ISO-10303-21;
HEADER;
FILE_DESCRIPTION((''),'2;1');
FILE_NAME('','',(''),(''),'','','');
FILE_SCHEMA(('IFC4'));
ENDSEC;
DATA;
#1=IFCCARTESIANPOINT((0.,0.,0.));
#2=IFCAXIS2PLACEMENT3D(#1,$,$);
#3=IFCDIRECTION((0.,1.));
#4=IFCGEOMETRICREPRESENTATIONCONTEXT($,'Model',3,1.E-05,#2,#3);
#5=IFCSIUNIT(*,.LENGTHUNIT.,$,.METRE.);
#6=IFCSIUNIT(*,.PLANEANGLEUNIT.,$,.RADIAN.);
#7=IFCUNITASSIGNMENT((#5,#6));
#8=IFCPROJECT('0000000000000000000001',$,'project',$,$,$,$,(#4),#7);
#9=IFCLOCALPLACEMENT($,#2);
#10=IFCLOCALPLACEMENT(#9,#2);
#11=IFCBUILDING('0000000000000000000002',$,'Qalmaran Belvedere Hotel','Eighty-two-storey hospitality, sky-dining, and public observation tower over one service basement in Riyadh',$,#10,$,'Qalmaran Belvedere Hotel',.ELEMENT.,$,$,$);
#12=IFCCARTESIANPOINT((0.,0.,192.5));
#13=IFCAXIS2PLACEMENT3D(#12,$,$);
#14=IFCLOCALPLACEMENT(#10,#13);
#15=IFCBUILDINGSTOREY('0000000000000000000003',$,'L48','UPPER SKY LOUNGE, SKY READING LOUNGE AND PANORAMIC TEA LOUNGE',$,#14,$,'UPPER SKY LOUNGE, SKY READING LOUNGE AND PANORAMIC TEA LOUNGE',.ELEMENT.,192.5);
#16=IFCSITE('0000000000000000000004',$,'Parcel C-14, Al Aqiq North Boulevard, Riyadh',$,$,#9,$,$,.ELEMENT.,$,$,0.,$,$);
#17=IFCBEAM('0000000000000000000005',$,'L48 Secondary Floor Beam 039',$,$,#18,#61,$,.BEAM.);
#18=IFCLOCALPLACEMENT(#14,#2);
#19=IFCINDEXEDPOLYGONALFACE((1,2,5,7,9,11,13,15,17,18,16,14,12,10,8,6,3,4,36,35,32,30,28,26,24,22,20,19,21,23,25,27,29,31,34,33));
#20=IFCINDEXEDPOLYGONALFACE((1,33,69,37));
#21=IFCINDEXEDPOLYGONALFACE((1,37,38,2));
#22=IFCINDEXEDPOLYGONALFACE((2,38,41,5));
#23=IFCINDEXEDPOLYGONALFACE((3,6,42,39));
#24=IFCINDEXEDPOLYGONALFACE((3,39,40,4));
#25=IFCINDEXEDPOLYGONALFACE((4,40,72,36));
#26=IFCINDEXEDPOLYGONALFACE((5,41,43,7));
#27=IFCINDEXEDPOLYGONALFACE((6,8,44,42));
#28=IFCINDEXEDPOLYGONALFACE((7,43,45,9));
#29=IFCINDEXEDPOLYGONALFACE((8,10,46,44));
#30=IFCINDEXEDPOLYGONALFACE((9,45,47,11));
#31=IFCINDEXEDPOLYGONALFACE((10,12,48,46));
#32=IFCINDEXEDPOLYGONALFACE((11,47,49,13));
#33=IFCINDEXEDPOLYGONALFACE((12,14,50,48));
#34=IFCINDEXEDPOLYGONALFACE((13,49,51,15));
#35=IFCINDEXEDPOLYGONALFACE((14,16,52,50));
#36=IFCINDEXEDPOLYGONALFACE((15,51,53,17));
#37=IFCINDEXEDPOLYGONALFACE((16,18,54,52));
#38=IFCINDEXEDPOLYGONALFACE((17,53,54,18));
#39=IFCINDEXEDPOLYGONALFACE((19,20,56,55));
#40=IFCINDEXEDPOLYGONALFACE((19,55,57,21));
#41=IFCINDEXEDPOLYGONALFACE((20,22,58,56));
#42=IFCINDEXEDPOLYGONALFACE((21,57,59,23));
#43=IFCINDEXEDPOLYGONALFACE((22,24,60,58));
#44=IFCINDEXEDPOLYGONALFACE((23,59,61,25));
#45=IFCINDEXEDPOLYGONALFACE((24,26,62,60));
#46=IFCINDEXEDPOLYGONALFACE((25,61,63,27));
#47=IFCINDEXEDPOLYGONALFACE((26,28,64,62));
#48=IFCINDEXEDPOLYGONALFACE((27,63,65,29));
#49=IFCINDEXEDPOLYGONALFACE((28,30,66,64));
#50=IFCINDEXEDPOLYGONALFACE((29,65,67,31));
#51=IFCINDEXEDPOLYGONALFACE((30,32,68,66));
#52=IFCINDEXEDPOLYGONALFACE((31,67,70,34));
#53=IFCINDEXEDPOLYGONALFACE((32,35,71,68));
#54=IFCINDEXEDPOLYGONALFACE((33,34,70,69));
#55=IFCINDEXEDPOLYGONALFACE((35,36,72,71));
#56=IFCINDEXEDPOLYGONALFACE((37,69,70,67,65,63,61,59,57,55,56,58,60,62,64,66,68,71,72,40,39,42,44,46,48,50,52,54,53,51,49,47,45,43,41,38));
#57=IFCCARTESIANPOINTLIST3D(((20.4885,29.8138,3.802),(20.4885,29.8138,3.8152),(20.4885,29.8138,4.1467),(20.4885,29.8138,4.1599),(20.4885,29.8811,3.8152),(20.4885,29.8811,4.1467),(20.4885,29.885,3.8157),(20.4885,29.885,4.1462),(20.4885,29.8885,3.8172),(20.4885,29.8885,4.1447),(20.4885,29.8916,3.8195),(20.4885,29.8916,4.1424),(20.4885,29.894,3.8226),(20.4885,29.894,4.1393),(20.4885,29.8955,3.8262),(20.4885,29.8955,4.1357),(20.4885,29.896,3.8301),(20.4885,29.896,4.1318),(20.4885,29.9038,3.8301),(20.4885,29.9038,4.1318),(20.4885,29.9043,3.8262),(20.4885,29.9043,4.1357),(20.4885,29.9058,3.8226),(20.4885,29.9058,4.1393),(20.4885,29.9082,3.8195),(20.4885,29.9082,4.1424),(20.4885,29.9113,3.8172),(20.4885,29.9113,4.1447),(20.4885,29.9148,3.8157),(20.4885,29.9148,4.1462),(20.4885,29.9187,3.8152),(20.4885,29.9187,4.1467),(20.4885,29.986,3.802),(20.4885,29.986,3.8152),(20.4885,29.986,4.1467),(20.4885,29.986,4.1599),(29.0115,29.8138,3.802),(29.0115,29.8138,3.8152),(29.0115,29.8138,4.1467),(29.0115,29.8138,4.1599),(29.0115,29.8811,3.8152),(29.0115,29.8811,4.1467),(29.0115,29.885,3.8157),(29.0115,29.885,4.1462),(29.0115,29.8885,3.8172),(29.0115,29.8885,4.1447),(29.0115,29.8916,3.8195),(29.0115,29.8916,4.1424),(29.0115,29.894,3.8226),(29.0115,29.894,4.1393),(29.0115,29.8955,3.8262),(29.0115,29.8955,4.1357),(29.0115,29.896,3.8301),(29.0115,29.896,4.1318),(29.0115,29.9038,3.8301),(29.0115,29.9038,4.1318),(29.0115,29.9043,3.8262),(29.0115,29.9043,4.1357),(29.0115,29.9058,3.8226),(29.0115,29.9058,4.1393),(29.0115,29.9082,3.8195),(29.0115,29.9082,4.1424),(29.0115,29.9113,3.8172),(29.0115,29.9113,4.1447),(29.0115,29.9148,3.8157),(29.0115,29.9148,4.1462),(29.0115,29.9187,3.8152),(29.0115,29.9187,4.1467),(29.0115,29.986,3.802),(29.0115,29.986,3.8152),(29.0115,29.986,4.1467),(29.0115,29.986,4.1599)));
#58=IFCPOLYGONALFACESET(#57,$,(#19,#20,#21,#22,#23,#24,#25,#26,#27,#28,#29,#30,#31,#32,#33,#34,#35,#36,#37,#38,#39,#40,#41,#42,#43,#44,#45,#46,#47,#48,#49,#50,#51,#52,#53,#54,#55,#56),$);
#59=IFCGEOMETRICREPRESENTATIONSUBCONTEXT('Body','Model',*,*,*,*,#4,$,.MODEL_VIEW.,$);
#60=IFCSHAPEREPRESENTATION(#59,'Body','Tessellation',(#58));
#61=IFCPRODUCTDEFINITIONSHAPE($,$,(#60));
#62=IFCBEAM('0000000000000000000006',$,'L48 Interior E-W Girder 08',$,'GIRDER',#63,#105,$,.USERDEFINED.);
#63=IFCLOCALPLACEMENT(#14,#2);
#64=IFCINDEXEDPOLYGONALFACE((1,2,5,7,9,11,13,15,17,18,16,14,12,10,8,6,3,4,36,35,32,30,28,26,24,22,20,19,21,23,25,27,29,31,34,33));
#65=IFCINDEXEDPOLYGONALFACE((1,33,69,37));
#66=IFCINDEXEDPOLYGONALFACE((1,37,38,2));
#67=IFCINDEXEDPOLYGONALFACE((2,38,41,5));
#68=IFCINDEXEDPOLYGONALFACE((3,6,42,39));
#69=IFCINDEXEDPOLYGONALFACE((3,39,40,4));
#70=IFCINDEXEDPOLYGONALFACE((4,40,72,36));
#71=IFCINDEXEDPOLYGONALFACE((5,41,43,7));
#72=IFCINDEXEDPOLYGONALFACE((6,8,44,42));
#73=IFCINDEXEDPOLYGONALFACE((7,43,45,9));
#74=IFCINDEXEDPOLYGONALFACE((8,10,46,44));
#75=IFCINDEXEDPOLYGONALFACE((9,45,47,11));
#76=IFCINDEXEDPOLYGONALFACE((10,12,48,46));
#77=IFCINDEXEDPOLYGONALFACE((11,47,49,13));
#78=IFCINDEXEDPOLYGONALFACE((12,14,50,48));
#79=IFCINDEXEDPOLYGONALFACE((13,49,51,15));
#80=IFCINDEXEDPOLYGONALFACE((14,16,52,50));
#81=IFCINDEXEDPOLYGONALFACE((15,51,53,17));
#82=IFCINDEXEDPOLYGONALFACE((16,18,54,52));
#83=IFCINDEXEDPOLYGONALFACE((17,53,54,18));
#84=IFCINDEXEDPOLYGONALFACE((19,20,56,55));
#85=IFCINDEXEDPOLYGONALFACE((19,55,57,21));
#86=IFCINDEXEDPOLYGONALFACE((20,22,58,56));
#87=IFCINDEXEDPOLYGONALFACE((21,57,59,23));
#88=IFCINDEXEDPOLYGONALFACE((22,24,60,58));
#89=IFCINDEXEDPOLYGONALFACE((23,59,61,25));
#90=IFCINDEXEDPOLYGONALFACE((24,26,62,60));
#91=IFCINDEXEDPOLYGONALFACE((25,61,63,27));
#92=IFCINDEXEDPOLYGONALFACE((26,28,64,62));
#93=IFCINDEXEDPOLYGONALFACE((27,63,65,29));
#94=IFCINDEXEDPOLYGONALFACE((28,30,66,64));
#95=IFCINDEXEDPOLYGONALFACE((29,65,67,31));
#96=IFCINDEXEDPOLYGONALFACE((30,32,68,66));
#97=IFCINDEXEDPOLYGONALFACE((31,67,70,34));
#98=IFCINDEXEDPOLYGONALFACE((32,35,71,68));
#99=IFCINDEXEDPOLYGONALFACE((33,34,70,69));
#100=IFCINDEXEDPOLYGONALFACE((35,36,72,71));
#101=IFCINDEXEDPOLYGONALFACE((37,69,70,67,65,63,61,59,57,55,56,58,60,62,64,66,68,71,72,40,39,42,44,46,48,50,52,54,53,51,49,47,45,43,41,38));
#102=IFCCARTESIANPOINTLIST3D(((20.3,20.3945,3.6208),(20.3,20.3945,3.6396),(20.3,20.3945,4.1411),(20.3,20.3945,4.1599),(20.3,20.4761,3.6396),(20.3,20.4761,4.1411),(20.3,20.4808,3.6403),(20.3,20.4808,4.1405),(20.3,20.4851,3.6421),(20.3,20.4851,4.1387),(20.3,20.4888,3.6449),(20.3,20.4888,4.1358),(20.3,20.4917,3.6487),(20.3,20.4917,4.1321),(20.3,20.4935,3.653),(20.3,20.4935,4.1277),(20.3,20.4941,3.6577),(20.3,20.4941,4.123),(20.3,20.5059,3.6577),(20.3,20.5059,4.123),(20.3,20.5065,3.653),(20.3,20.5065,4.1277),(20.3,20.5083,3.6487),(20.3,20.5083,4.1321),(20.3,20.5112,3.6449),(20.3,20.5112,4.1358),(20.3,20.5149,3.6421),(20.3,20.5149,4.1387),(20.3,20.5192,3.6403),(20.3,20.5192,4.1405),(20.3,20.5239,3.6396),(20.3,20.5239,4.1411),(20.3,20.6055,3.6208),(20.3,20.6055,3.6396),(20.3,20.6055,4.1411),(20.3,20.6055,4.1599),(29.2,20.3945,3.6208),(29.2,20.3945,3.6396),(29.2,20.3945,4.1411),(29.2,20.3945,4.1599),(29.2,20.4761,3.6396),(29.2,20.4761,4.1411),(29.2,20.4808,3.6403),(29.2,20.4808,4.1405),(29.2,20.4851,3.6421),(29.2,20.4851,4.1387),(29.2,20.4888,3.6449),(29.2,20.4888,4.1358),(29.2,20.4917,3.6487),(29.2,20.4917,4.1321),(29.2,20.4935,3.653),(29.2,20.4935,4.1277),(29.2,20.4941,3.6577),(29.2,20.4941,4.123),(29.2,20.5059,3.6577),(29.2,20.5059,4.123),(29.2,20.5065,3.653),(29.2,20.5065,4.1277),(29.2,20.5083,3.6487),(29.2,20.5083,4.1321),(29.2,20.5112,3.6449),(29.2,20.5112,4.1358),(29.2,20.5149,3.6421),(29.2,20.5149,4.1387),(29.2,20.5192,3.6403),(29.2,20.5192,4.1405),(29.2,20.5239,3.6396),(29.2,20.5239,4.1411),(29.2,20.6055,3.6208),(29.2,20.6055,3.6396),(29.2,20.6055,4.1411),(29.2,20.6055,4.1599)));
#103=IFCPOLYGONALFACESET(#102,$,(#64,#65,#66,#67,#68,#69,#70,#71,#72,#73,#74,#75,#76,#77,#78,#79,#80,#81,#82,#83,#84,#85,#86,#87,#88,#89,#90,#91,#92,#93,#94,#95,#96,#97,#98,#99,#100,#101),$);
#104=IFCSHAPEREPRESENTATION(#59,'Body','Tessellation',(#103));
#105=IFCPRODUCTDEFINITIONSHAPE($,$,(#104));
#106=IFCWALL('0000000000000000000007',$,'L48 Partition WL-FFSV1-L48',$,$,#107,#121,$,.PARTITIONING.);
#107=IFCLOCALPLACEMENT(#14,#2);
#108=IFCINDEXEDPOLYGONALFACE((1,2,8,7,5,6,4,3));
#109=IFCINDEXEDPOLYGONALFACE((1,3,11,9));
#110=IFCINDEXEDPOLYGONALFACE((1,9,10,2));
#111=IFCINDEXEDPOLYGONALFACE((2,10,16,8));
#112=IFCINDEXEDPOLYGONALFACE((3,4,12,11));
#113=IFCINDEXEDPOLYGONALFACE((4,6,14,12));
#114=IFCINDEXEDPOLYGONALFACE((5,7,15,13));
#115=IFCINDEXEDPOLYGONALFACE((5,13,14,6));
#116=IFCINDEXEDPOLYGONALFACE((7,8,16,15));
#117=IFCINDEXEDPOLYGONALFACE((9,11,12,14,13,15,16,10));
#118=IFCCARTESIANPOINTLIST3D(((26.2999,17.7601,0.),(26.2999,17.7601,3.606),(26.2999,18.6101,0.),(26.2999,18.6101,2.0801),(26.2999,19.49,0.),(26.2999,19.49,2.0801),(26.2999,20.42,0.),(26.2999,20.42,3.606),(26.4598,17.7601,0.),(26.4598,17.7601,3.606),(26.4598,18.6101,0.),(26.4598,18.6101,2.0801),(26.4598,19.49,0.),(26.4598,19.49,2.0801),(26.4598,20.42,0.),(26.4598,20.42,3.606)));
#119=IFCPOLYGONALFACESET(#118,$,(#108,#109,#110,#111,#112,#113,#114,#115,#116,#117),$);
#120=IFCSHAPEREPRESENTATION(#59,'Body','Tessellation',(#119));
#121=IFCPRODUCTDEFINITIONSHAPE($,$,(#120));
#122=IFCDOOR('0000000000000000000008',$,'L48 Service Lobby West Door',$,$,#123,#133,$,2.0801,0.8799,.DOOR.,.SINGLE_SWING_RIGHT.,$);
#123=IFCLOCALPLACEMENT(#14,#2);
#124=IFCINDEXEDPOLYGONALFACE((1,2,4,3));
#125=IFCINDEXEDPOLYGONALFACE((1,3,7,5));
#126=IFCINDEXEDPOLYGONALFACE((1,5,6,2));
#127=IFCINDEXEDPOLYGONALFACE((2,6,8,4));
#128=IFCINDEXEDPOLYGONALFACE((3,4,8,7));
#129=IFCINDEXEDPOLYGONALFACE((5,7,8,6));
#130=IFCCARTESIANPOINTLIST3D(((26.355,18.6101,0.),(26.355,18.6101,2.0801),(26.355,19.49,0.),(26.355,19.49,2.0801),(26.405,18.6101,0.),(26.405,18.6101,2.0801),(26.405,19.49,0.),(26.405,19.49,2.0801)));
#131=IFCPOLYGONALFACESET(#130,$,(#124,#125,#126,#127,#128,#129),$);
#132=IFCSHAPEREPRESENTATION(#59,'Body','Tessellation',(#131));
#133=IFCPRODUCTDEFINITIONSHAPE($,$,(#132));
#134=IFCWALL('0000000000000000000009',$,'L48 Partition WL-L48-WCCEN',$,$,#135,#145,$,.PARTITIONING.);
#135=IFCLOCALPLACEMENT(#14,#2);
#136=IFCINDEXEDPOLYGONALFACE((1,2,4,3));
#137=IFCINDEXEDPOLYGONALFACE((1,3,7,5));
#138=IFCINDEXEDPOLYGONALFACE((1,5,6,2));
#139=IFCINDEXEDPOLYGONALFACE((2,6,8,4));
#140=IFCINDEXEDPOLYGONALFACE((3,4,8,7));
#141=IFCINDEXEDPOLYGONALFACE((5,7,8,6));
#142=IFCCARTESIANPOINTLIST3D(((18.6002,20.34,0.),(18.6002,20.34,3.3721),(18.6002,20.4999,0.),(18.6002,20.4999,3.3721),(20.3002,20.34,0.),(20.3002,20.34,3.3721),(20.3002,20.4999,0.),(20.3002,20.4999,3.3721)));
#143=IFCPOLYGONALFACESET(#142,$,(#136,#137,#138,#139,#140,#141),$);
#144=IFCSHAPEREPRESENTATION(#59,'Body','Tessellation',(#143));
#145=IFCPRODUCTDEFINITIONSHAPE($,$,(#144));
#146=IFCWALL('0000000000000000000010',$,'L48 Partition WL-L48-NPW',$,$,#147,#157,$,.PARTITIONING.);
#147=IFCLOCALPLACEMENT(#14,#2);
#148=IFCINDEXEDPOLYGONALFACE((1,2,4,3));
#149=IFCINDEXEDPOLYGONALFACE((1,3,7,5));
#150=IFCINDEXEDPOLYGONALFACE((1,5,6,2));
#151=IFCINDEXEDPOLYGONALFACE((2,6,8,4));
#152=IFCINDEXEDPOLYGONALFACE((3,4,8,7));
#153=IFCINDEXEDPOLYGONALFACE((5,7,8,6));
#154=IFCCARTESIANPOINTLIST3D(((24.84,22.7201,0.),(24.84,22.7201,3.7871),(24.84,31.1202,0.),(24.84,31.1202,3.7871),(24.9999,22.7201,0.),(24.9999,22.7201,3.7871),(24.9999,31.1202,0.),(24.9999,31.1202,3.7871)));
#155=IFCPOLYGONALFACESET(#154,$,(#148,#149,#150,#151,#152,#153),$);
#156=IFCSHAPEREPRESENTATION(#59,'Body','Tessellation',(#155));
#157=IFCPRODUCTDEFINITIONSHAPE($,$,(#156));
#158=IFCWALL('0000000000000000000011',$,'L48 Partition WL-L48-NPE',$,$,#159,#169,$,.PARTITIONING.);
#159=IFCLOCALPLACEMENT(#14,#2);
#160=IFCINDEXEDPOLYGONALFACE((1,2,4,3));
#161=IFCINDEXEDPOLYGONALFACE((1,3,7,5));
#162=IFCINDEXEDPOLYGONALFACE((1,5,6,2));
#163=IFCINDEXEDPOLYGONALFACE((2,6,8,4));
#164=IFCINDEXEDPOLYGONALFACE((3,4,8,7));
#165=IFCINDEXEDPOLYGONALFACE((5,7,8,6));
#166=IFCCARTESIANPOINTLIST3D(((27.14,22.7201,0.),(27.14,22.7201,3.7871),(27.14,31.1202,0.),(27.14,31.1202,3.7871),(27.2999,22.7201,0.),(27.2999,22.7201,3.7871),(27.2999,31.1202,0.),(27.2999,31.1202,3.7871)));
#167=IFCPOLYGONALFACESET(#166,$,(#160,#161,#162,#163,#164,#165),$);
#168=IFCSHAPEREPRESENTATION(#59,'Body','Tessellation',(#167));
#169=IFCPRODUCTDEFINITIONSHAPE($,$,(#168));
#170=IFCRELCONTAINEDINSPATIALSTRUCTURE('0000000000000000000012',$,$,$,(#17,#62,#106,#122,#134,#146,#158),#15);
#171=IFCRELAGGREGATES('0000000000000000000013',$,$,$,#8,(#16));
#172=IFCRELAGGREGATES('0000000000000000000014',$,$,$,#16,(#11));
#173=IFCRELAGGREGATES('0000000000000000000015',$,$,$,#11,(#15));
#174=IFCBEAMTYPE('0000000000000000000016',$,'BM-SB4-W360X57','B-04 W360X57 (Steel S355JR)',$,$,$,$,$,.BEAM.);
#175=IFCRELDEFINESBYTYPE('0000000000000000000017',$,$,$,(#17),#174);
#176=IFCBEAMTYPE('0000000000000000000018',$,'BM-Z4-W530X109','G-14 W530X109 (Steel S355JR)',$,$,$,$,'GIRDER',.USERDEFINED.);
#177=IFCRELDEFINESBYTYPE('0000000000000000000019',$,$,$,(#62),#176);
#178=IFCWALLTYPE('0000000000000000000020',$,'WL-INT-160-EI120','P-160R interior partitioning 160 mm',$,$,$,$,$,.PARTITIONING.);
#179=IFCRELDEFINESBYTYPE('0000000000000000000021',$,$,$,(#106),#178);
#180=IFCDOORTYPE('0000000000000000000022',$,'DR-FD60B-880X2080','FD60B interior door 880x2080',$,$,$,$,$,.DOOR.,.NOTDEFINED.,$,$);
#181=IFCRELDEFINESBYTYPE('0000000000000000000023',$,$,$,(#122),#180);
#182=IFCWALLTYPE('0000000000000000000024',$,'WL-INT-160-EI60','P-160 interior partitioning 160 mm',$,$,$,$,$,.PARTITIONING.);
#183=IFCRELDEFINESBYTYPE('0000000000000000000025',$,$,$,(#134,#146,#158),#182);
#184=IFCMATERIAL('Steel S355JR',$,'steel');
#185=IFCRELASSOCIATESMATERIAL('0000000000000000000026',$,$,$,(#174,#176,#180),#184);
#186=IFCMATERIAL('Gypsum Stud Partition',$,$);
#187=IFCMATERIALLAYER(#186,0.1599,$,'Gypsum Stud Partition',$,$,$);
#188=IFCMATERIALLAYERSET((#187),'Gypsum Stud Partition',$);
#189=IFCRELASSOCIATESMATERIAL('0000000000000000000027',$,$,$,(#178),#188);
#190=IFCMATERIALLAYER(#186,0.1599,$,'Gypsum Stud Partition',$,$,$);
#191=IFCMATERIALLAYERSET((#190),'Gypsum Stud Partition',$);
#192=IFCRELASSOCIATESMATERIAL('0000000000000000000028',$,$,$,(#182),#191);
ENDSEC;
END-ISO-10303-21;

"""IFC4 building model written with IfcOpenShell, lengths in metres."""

from ifc_helpers import new_model, si_unit, direction, frame, frame_2d, origin, origin_2d, place, context, subcontext, project, spatial, rectangle, i_section, extrude, material, layer, layer_set, material_profile, profile_set, type_object, element, fill, save


model = new_model("IFC4")

# Units and contexts
model_context = context("Model", 3, precision=1e-05, world=origin(), true_north=direction((0.0, 1.0)))
body_context = subcontext(model_context, "Body", "Model", "MODEL_VIEW")
ifc_project = project(units=[si_unit("LENGTHUNIT", "METRE"), si_unit("PLANEANGLEUNIT", "RADIAN")], contexts=[model_context])

# Site, building, storey
site_placement = place(None, origin())
site = spatial("IfcSite", under=ifc_project, at=site_placement, Name="Parcel C-14, Al Aqiq North Boulevard, Riyadh", CompositionType="ELEMENT", RefElevation=0.0)
building_placement = place(site_placement, origin())
building = spatial("IfcBuilding", under=site, at=building_placement, Name="Qalmaran Belvedere Hotel", Description="Eighty-two-storey hospitality, sky-dining, and public observation tower over one service basement in Riyadh", LongName="Qalmaran Belvedere Hotel", CompositionType="ELEMENT")
storey_placement = place(building_placement, frame((0.0, 0.0, 192.5)))
storey = spatial("IfcBuildingStorey", under=building, at=storey_placement, Name="L48", Description="UPPER SKY LOUNGE, SKY READING LOUNGE AND PANORAMIC TEA LOUNGE", LongName="UPPER SKY LOUNGE, SKY READING LOUNGE AND PANORAMIC TEA LOUNGE", CompositionType="ELEMENT", Elevation=192.5)

# Beams
ifc_material_1 = material(Name="Steel S355JR", Category="steel")
ifc_material_profile_1 = material_profile(ifc_material_1, i_section(OverallWidth=0.1721, OverallDepth=0.3579, WebThickness=0.0078, FlangeThickness=0.0132, FilletRadius=0.0149, at=origin_2d()), Name="W360X57")
ifc_profile_set_1 = profile_set([ifc_material_profile_1], Name="Steel S355JR")
beam_type_1 = type_object("IfcBeamType", Name="BM-SB4-W360X57", Description="B-04 W360X57 (Steel S355JR)", PredefinedType="BEAM", material=ifc_profile_set_1)
for number, where, z_axis, x_axis, name in (
    (1, (20.4885, 29.8999, 3.981), (1.0, 0.0, 0.0), (0.0, 1.0, 0.0), "L48 Secondary Floor Beam 039"),
):
    element("IfcBeam", number, at=place(storey_placement, frame(where, z_axis=z_axis, x_axis=x_axis)), inside=storey, type_object=beam_type_1, Name=name, PredefinedType="BEAM", context=body_context, shape_type="SweptSolid", body=[
        extrude(i_section(OverallWidth=0.1721, OverallDepth=0.3579, WebThickness=0.0078, FlangeThickness=0.0132, FilletRadius=0.0149, at=origin_2d()), origin(), (0.0, 0.0, 1.0), 8.5229),
    ])
ifc_material_profile_2 = material_profile(ifc_material_1, i_section(OverallWidth=0.2109, OverallDepth=0.5391, WebThickness=0.0117, FlangeThickness=0.0188, FilletRadius=0.0181, at=origin_2d()), Name="W530X109")
ifc_profile_set_2 = profile_set([ifc_material_profile_2], Name="Steel S355JR")
beam_type_2 = type_object("IfcBeamType", Name="BM-Z4-W530X109", Description="G-14 W530X109 (Steel S355JR)", ElementType="GIRDER", PredefinedType="USERDEFINED", material=ifc_profile_set_2)
beam_1_placement = place(storey_placement, frame((20.3, 20.5, 3.8904), z_axis=(1.0, 0.0, 0.0), x_axis=(0.0, 1.0, 0.0)))
element("IfcBeam", 2, at=beam_1_placement, inside=storey, type_object=beam_type_2, Name="L48 Interior E-W Girder 08", ObjectType="GIRDER", PredefinedType="USERDEFINED", context=body_context, shape_type="SweptSolid", body=[
    extrude(i_section(OverallWidth=0.2109, OverallDepth=0.5391, WebThickness=0.0117, FlangeThickness=0.0188, FilletRadius=0.0181, at=origin_2d()), origin(), (0.0, 0.0, 1.0), 8.8999),
])

# Wall, opening, door
ifc_material_2 = material(Name="Gypsum Stud Partition")
ifc_layer_1 = layer(ifc_material_2, 0.1599, Name="Gypsum Stud Partition")
ifc_layer_set_1 = layer_set([ifc_layer_1], Name="Gypsum Stud Partition")
wall_type_1 = type_object("IfcWallType", Name="WL-INT-160-EI120", Description="P-160R interior partitioning 160 mm", PredefinedType="PARTITIONING", material=ifc_layer_set_1)
wall_1_placement = place(storey_placement, frame((26.3799, 17.76, 0.0), z_axis=(0.0, 0.0, 1.0), x_axis=(0.0, 1.0, 0.0)))
wall_1 = element("IfcWall", 3, at=wall_1_placement, inside=storey, type_object=wall_type_1, Name="L48 Partition WL-FFSV1-L48", PredefinedType="PARTITIONING", context=body_context, shape_type="SweptSolid", body=[
    extrude(rectangle(XDim=2.6599, YDim=0.1599, at=frame_2d((1.3301, 0.0))), origin(), (0.0, 0.0, 1.0), 3.606),
])
opening_1_placement = place(wall_1_placement, frame((0.8501, 0.0, 0.0)))
opening_1 = element("IfcOpeningElement", 4, at=opening_1_placement, cuts=wall_1, PredefinedType="OPENING", context=body_context, shape_type="SweptSolid", body=[
    extrude(rectangle(XDim=0.8799, YDim=2.0801, at=frame_2d((0.4399, 1.04))), frame((0.0, 0.0898, 0.0), z_axis=(0.0, -1.0, 0.0), x_axis=(1.0, 0.0, 0.0)), (0.0, 0.0, 1.0), 0.1799),
])
door_type_1 = type_object("IfcDoorType", Name="DR-FD60B-880X2080", Description="FD60B interior door 880x2080", OperationType="NOTDEFINED", PredefinedType="DOOR", material=ifc_material_1)
door_1_placement = place(opening_1_placement, origin())
door_1 = element("IfcDoor", 5, at=door_1_placement, inside=storey, type_object=door_type_1, Name="L48 Service Lobby West Door", OperationType="SINGLE_SWING_RIGHT", OverallHeight=2.0801, OverallWidth=0.8799, PredefinedType="DOOR", context=body_context, shape_type="SweptSolid", body=[
    extrude(rectangle(XDim=0.8799, YDim=2.0801, at=frame_2d((0.4399, 1.04))), frame((0.0, 0.0249, 0.0), z_axis=(0.0, -1.0, 0.0), x_axis=(1.0, 0.0, 0.0)), (0.0, 0.0, 1.0), 0.05),
])
fill(opening_1, door_1)

# Wall
ifc_layer_2 = layer(ifc_material_2, 0.1599, Name="Gypsum Stud Partition")
ifc_layer_set_2 = layer_set([ifc_layer_2], Name="Gypsum Stud Partition")
wall_type_2 = type_object("IfcWallType", Name="WL-INT-160-EI60", Description="P-160 interior partitioning 160 mm", PredefinedType="PARTITIONING", material=ifc_layer_set_2)
wall_2_placement = place(storey_placement, frame((18.6001, 20.4199, 0.0), z_axis=(0.0, 0.0, 1.0), x_axis=(1.0, 0.0, 0.0)))
element("IfcWall", 6, at=wall_2_placement, inside=storey, type_object=wall_type_2, Name="L48 Partition WL-L48-WCCEN", PredefinedType="PARTITIONING", context=body_context, shape_type="SweptSolid", body=[
    extrude(rectangle(XDim=1.7, YDim=0.1599, at=frame_2d((0.8501, 0.0))), origin(), (0.0, 0.0, 1.0), 3.3721),
])

# Walls
for number, where, z_axis, x_axis, name in (
    (7, (24.9199, 22.72, 0.0), (0.0, 0.0, 1.0), (0.0, 1.0, 0.0), "L48 Partition WL-L48-NPW"),
    (8, (27.22, 22.72, 0.0), (0.0, 0.0, 1.0), (0.0, 1.0, 0.0), "L48 Partition WL-L48-NPE"),
):
    element("IfcWall", number, at=place(storey_placement, frame(where, z_axis=z_axis, x_axis=x_axis)), inside=storey, type_object=wall_type_2, Name=name, PredefinedType="PARTITIONING", context=body_context, shape_type="SweptSolid", body=[
        extrude(rectangle(XDim=8.4001, YDim=0.1599, at=frame_2d((4.2002, 0.0))), origin(), (0.0, 0.0, 1.0), 3.7871),
    ])

save(model, "model.ifc")
